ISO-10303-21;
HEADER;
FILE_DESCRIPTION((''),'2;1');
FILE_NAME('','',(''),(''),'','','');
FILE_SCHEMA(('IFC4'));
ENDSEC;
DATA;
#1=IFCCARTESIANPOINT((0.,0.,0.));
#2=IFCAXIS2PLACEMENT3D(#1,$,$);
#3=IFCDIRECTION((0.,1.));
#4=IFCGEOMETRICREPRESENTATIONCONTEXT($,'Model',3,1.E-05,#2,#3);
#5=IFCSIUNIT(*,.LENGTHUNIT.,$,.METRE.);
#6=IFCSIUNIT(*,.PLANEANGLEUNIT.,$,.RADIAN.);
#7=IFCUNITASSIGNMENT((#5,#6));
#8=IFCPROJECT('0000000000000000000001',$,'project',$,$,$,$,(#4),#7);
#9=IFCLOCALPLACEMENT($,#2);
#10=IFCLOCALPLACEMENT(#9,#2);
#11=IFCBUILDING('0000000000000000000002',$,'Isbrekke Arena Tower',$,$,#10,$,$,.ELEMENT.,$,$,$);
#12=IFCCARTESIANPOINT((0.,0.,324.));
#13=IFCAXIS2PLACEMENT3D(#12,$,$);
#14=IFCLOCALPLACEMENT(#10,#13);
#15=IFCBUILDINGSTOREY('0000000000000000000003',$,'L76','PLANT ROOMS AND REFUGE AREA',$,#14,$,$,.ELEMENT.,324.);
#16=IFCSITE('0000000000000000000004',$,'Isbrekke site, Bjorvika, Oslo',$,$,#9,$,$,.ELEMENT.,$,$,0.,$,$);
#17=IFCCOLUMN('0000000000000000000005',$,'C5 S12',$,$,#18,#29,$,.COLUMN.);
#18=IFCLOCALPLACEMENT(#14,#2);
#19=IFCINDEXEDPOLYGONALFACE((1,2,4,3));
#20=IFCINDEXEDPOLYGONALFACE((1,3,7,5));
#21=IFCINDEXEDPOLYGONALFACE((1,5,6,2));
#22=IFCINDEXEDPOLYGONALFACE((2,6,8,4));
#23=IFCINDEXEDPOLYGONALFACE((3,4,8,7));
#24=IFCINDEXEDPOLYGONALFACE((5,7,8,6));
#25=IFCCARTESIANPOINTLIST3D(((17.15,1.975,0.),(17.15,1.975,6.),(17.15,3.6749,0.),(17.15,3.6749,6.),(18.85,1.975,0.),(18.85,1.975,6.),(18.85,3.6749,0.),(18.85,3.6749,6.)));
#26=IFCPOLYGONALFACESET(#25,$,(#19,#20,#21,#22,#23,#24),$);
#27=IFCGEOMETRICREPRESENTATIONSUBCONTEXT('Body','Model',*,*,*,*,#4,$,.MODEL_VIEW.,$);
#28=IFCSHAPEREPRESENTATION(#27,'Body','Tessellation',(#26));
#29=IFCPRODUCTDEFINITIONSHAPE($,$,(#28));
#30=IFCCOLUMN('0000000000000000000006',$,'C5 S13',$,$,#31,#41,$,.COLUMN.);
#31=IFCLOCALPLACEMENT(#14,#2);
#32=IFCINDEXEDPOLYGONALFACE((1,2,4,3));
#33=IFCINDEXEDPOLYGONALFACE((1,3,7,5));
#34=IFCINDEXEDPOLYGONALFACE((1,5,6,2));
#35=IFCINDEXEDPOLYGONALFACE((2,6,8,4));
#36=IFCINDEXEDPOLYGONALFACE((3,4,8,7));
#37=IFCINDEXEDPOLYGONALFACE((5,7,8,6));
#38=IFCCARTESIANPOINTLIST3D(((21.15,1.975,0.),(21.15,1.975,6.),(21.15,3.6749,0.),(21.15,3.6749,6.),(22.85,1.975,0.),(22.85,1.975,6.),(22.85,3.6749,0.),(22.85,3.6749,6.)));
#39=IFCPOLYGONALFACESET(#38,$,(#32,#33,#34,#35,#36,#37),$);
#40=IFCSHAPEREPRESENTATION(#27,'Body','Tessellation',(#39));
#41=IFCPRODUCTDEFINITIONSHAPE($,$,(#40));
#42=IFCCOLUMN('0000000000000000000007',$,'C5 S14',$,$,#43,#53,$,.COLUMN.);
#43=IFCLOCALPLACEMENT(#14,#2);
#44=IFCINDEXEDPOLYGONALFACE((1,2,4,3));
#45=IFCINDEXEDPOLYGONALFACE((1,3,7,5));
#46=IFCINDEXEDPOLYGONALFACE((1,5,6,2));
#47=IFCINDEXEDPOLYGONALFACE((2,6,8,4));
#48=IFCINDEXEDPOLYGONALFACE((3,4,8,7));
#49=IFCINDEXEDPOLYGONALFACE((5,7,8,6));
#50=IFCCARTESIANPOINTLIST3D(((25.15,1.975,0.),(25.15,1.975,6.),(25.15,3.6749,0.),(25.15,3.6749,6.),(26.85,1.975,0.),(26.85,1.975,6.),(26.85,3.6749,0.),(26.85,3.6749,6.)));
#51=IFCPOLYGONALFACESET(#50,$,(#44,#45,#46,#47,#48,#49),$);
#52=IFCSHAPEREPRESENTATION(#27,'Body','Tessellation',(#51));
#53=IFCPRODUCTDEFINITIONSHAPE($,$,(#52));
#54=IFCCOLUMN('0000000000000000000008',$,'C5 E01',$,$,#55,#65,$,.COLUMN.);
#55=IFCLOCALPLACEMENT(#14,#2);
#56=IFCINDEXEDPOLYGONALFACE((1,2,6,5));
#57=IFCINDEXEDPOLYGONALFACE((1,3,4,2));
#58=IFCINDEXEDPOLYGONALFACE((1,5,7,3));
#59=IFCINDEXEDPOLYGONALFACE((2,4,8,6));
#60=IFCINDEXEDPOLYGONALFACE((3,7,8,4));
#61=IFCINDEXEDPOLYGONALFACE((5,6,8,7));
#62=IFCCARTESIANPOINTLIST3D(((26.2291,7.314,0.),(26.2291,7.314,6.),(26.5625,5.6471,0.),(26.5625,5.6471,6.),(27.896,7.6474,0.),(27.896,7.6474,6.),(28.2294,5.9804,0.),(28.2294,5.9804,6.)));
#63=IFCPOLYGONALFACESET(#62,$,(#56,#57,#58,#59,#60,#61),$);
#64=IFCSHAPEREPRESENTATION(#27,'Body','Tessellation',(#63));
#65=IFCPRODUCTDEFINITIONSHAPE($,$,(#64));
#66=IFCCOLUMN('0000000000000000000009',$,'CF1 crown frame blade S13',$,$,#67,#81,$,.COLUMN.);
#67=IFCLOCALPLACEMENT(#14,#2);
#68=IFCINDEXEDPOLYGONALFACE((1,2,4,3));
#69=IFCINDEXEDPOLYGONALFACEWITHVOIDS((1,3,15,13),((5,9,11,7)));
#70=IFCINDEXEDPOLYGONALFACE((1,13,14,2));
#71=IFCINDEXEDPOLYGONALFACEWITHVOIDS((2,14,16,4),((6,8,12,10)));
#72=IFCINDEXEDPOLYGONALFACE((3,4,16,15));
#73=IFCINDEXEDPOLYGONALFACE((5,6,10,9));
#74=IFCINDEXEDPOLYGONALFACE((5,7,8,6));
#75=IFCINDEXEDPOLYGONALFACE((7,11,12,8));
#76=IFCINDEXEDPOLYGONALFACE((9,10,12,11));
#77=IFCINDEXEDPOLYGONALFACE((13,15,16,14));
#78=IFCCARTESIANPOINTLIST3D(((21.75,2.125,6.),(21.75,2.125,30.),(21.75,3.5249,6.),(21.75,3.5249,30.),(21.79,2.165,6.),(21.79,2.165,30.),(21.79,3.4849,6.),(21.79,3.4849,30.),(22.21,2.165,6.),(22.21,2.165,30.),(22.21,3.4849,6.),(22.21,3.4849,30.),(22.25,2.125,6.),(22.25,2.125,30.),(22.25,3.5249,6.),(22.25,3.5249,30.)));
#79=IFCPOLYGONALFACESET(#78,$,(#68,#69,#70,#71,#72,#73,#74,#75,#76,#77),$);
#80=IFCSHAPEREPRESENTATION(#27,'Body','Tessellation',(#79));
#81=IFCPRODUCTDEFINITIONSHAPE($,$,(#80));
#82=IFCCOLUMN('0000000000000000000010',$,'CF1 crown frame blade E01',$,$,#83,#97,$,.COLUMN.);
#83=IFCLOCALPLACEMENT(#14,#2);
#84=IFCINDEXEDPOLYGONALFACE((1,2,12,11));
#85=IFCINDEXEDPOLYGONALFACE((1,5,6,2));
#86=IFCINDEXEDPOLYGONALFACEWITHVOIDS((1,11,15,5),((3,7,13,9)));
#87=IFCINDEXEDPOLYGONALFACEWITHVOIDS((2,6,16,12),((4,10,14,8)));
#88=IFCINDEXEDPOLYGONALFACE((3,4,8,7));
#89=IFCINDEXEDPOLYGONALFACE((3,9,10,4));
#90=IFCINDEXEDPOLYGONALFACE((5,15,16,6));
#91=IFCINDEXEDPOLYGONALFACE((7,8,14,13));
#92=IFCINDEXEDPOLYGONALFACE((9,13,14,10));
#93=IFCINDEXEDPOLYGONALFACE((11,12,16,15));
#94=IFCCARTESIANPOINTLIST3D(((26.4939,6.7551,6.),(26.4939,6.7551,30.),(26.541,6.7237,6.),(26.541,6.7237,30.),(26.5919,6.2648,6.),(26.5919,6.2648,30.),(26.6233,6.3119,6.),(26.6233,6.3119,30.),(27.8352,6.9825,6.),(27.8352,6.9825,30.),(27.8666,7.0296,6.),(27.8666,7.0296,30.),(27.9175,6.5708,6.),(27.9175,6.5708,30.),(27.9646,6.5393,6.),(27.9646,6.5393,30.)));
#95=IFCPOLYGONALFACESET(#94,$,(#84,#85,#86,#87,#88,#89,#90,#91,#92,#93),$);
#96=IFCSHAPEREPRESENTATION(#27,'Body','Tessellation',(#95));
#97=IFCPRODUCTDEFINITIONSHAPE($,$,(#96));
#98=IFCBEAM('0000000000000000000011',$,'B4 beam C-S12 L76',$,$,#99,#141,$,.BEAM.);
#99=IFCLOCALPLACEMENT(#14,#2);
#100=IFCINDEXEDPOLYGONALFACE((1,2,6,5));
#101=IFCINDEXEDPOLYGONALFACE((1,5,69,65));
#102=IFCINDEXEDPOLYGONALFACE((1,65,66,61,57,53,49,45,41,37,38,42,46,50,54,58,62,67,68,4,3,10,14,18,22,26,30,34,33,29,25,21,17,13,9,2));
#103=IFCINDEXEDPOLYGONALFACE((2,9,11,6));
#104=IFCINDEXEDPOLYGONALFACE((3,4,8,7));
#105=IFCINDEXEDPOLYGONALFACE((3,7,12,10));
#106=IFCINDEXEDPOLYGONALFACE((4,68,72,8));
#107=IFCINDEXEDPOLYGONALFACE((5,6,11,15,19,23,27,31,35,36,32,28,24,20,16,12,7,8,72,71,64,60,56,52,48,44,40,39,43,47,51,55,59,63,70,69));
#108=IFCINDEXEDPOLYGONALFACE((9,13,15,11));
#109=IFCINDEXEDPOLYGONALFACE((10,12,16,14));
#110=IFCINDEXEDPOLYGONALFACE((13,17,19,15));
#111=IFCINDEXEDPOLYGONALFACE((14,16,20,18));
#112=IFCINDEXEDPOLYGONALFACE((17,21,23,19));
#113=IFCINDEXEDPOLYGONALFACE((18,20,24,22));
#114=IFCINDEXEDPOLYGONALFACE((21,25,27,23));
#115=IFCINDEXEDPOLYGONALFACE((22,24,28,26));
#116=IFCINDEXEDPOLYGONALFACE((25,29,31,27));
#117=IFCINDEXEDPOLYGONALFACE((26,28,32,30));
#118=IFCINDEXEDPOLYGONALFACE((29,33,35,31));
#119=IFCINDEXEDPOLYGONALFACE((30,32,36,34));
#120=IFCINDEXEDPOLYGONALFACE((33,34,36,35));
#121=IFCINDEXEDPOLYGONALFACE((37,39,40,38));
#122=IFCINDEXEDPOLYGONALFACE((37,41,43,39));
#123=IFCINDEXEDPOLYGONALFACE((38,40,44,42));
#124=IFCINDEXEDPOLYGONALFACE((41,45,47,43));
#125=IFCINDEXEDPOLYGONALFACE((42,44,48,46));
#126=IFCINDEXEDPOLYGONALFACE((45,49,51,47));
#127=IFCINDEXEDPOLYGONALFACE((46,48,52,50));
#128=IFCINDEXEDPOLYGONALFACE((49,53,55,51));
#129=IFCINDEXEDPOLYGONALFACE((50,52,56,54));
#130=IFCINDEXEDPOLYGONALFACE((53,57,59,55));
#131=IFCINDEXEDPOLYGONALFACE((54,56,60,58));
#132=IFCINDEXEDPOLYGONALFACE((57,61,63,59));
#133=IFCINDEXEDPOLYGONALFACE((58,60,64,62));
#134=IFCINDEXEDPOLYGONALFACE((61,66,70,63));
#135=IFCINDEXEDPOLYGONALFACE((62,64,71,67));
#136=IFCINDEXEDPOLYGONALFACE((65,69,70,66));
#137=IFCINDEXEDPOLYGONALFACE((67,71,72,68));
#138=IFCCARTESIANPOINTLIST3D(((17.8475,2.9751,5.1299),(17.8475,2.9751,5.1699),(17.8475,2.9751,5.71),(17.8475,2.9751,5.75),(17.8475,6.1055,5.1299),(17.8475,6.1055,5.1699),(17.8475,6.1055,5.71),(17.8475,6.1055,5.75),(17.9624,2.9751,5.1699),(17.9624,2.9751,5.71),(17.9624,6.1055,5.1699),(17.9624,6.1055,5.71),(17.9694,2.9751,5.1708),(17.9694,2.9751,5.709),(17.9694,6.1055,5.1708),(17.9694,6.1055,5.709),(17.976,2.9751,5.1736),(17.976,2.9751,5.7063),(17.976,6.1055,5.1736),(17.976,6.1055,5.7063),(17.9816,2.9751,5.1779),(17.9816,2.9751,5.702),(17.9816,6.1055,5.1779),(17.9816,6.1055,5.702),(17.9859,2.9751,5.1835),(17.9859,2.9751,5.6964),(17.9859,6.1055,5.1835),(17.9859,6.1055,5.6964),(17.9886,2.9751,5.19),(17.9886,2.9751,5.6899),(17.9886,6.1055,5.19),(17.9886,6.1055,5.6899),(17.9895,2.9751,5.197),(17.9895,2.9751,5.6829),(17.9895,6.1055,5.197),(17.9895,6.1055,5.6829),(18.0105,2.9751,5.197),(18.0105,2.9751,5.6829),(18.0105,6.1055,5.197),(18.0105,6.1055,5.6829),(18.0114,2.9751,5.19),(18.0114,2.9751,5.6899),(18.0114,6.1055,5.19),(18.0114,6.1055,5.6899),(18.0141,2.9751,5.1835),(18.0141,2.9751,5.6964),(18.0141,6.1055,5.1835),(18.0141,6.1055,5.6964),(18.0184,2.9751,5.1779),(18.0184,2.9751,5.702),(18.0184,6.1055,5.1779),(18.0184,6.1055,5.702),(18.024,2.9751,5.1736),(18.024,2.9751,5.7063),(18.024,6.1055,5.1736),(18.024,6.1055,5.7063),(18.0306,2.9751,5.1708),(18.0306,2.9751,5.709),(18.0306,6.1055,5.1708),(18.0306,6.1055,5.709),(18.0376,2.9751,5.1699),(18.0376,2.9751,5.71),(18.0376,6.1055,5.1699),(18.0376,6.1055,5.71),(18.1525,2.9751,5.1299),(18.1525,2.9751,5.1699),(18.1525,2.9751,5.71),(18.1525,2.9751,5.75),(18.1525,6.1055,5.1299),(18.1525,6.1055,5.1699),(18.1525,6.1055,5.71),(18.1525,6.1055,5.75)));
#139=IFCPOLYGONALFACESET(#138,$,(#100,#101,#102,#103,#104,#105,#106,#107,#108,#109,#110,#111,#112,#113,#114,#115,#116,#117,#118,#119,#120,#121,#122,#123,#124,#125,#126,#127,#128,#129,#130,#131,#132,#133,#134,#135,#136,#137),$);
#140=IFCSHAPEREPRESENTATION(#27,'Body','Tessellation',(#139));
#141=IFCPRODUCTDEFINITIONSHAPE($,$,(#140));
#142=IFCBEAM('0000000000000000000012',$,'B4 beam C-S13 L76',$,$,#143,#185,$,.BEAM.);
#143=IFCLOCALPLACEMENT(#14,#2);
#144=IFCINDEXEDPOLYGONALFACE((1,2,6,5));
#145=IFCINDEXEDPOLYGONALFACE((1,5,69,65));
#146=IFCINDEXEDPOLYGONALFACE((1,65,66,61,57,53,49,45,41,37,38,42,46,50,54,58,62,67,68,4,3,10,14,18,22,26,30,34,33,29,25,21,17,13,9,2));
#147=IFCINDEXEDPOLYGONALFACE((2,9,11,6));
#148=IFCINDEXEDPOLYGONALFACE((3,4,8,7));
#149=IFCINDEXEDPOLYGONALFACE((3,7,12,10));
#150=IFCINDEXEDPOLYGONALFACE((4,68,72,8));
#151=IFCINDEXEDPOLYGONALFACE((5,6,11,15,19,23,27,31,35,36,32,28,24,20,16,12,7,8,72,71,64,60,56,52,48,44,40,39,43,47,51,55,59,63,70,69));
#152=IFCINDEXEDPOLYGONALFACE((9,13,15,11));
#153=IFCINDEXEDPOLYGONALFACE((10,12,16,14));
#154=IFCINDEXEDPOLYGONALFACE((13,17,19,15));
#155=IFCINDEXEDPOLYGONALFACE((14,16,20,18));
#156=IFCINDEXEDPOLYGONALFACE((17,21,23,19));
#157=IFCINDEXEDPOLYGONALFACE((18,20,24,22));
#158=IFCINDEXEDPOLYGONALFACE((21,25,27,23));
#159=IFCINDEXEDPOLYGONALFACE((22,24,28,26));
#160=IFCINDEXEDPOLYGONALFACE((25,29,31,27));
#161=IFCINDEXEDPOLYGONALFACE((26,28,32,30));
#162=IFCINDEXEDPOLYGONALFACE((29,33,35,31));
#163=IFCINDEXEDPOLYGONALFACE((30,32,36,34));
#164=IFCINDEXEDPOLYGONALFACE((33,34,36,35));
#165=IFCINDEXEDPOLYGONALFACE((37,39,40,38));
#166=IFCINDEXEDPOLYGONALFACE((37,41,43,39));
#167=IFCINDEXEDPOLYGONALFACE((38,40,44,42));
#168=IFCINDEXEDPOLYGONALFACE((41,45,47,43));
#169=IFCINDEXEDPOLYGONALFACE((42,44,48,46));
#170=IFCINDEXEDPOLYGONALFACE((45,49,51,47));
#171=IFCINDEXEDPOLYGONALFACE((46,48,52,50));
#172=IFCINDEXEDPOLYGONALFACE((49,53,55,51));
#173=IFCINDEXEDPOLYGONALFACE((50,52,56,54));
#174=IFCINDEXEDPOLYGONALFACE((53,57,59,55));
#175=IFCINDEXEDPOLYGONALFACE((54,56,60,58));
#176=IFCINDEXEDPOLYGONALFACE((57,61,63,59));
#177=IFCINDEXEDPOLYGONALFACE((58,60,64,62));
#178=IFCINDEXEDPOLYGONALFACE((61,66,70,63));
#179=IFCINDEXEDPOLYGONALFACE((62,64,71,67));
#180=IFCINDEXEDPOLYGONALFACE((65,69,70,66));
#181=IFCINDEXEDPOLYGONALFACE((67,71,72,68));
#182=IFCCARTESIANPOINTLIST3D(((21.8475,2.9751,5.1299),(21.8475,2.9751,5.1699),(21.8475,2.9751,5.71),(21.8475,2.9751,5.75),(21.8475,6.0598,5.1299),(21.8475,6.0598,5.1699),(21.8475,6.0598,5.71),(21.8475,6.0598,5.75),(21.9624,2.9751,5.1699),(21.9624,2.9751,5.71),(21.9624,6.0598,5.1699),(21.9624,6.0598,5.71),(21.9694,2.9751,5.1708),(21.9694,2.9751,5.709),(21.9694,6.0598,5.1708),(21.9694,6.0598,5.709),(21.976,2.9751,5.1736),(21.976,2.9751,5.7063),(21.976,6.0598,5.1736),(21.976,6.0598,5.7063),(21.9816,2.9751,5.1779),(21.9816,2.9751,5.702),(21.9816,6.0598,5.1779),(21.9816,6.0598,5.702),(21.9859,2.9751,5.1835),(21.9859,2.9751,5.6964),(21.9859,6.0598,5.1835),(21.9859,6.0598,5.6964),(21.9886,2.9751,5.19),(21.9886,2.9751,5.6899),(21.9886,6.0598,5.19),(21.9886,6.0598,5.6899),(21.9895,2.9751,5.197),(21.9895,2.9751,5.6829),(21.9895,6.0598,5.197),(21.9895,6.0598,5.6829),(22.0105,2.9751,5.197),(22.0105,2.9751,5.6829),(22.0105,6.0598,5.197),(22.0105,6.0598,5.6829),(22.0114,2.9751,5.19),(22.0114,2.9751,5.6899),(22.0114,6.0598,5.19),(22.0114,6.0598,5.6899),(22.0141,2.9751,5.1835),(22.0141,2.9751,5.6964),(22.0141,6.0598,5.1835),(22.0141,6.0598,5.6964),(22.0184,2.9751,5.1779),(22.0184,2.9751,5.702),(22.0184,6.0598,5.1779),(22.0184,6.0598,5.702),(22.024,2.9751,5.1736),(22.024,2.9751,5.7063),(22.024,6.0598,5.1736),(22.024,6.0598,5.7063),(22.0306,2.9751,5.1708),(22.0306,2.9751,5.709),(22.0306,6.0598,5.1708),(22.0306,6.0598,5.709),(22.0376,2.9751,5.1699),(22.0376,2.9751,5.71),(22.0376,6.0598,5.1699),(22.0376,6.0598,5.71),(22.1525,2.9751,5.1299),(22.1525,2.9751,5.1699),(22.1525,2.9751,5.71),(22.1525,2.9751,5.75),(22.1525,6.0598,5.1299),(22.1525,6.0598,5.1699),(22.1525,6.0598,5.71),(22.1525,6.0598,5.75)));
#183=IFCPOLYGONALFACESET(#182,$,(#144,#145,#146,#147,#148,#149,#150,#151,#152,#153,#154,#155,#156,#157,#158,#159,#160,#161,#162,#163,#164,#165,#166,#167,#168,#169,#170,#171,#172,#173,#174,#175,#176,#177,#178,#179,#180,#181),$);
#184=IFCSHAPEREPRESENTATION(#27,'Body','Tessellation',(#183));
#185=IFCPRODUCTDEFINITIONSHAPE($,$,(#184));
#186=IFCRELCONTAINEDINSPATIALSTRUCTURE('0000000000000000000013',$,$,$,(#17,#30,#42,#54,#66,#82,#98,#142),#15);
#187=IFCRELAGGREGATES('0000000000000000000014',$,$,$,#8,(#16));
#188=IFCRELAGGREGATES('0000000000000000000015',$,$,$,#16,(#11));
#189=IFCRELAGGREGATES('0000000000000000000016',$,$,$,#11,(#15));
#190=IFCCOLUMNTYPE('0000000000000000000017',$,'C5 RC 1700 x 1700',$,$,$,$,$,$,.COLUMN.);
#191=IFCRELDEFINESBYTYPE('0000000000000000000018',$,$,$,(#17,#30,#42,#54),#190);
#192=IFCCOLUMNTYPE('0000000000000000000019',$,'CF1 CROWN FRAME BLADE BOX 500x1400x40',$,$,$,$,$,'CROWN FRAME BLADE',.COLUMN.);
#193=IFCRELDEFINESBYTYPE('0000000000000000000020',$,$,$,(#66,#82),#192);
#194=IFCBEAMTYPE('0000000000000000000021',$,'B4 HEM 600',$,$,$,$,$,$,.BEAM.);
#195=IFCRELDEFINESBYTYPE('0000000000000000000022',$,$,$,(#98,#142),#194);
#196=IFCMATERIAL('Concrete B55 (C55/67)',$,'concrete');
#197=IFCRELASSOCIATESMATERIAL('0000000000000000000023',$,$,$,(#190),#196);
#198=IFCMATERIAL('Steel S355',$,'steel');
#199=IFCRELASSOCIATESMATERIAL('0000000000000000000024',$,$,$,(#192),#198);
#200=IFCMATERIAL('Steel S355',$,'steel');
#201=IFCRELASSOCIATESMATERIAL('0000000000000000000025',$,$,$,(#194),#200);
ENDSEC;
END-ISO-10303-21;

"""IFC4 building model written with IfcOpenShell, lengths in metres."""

from ifc_helpers import new_model, si_unit, direction, frame, origin, origin_2d, place, context, subcontext, project, spatial, rectangle, hollow_rectangle, i_section, extrude, material, material_profile, profile_set, type_object, element, save


model = new_model("IFC4")

# Units and contexts
model_context = context("Model", 3, precision=1e-05, world=origin(), true_north=direction((0.0, 1.0)))
body_context = subcontext(model_context, "Body", "Model", "MODEL_VIEW")
ifc_project = project(units=[si_unit("LENGTHUNIT", "METRE"), si_unit("PLANEANGLEUNIT", "RADIAN")], contexts=[model_context])

# Site, building, storey
site_placement = place(None, origin())
site = spatial("IfcSite", under=ifc_project, at=site_placement, Name="Isbrekke site, Bjorvika, Oslo", CompositionType="ELEMENT", RefElevation=0.0)
building_placement = place(site_placement, origin())
building = spatial("IfcBuilding", under=site, at=building_placement, Name="Isbrekke Arena Tower", CompositionType="ELEMENT")
storey_placement = place(building_placement, frame((0.0, 0.0, 324.0)))
storey = spatial("IfcBuildingStorey", under=building, at=storey_placement, Name="L76", Description="PLANT ROOMS AND REFUGE AREA", CompositionType="ELEMENT", Elevation=324.0)

# Columns
ifc_material_1 = material(Name="Concrete B55 (C55/67)", Category="concrete")
ifc_material_profile_1 = material_profile(ifc_material_1, rectangle(XDim=1.7, YDim=1.7, at=origin_2d()), Name="RC 1700x1700")
ifc_profile_set_1 = profile_set([ifc_material_profile_1], Name="Concrete B55 (C55/67)")
column_type_1 = type_object("IfcColumnType", Name="C5 RC 1700 x 1700", PredefinedType="COLUMN", material=ifc_profile_set_1)
for number, where, z_axis, x_axis, name in (
    (1, (18.0, 2.825, 0.0), (0.0, 0.0, 1.0), (1.0, 0.0, 0.0), "C5 S12"),
    (2, (22.0, 2.825, 0.0), (0.0, 0.0, 1.0), (1.0, 0.0, 0.0), "C5 S13"),
    (3, (26.0, 2.825, 0.0), (0.0, 0.0, 1.0), (1.0, 0.0, 0.0), "C5 S14"),
    (4, (27.2292, 6.6472, 0.0), (0.0, 0.0, 1.0), (-0.196116, 0.980581, 0.0), "C5 E01"),
):
    element("IfcColumn", number, at=place(storey_placement, frame(where, z_axis=z_axis, x_axis=x_axis)), inside=storey, type_object=column_type_1, Name=name, PredefinedType="COLUMN", context=body_context, shape_type="SweptSolid", body=[
        extrude(rectangle(XDim=1.7, YDim=1.7, at=origin_2d()), origin(), (0.0, 0.0, 1.0), 6.0),
    ])
ifc_material_2 = material(Name="Steel S355", Category="steel")
ifc_material_profile_2 = material_profile(ifc_material_2, hollow_rectangle(XDim=0.5, YDim=1.3999, WallThickness=0.04, at=origin_2d()), Name="BOX 500x1400x40")
ifc_profile_set_2 = profile_set([ifc_material_profile_2], Name="Steel S355")
column_type_2 = type_object("IfcColumnType", Name="CF1 CROWN FRAME BLADE BOX 500x1400x40", ElementType="CROWN FRAME BLADE", PredefinedType="COLUMN", material=ifc_profile_set_2)
for number, where, z_axis, x_axis, name in (
    (5, (22.0, 2.825, 6.0), (0.0, 0.0, 1.0), (1.0, 0.0, 0.0), "CF1 crown frame blade S13"),
    (6, (27.2292, 6.6472, 6.0), (0.0, 0.0, 1.0), (-0.196116, 0.980581, 0.0), "CF1 crown frame blade E01"),
):
    element("IfcColumn", number, at=place(storey_placement, frame(where, z_axis=z_axis, x_axis=x_axis)), inside=storey, type_object=column_type_2, Name=name, PredefinedType="COLUMN", context=body_context, shape_type="SweptSolid", body=[
        extrude(hollow_rectangle(XDim=0.5, YDim=1.3999, WallThickness=0.04, at=origin_2d()), origin(), (0.0, 0.0, 1.0), 24.0),
    ])

# Beams
ifc_material_3 = material(Name="Steel S355", Category="steel")
ifc_material_profile_3 = material_profile(ifc_material_3, i_section(OverallWidth=0.3049, OverallDepth=0.6201, WebThickness=0.021, FlangeThickness=0.04, FilletRadius=0.0271, at=origin_2d()), Name="HEM 600")
ifc_profile_set_3 = profile_set([ifc_material_profile_3], Name="Steel S355")
beam_type_1 = type_object("IfcBeamType", Name="B4 HEM 600", PredefinedType="BEAM", material=ifc_profile_set_3)
beam_1_placement = place(storey_placement, frame((18.0, 2.9751, 5.4399), z_axis=(0.0, 1.0, 0.0), x_axis=(-1.0, 0.0, 0.0)))
element("IfcBeam", 7, at=beam_1_placement, inside=storey, type_object=beam_type_1, Name="B4 beam C-S12 L76", PredefinedType="BEAM", context=body_context, shape_type="SweptSolid", body=[
    extrude(i_section(OverallWidth=0.3049, OverallDepth=0.6201, WebThickness=0.021, FlangeThickness=0.04, FilletRadius=0.0271, at=origin_2d()), origin(), (0.0, 0.0, 1.0), 3.1304),
])
beam_2_placement = place(storey_placement, frame((22.0, 2.9751, 5.4399), z_axis=(0.0, 1.0, 0.0), x_axis=(-1.0, 0.0, 0.0)))
element("IfcBeam", 8, at=beam_2_placement, inside=storey, type_object=beam_type_1, Name="B4 beam C-S13 L76", PredefinedType="BEAM", context=body_context, shape_type="SweptSolid", body=[
    extrude(i_section(OverallWidth=0.3049, OverallDepth=0.6201, WebThickness=0.021, FlangeThickness=0.04, FilletRadius=0.0271, at=origin_2d()), origin(), (0.0, 0.0, 1.0), 3.0847),
])

save(model, "model.ifc")
